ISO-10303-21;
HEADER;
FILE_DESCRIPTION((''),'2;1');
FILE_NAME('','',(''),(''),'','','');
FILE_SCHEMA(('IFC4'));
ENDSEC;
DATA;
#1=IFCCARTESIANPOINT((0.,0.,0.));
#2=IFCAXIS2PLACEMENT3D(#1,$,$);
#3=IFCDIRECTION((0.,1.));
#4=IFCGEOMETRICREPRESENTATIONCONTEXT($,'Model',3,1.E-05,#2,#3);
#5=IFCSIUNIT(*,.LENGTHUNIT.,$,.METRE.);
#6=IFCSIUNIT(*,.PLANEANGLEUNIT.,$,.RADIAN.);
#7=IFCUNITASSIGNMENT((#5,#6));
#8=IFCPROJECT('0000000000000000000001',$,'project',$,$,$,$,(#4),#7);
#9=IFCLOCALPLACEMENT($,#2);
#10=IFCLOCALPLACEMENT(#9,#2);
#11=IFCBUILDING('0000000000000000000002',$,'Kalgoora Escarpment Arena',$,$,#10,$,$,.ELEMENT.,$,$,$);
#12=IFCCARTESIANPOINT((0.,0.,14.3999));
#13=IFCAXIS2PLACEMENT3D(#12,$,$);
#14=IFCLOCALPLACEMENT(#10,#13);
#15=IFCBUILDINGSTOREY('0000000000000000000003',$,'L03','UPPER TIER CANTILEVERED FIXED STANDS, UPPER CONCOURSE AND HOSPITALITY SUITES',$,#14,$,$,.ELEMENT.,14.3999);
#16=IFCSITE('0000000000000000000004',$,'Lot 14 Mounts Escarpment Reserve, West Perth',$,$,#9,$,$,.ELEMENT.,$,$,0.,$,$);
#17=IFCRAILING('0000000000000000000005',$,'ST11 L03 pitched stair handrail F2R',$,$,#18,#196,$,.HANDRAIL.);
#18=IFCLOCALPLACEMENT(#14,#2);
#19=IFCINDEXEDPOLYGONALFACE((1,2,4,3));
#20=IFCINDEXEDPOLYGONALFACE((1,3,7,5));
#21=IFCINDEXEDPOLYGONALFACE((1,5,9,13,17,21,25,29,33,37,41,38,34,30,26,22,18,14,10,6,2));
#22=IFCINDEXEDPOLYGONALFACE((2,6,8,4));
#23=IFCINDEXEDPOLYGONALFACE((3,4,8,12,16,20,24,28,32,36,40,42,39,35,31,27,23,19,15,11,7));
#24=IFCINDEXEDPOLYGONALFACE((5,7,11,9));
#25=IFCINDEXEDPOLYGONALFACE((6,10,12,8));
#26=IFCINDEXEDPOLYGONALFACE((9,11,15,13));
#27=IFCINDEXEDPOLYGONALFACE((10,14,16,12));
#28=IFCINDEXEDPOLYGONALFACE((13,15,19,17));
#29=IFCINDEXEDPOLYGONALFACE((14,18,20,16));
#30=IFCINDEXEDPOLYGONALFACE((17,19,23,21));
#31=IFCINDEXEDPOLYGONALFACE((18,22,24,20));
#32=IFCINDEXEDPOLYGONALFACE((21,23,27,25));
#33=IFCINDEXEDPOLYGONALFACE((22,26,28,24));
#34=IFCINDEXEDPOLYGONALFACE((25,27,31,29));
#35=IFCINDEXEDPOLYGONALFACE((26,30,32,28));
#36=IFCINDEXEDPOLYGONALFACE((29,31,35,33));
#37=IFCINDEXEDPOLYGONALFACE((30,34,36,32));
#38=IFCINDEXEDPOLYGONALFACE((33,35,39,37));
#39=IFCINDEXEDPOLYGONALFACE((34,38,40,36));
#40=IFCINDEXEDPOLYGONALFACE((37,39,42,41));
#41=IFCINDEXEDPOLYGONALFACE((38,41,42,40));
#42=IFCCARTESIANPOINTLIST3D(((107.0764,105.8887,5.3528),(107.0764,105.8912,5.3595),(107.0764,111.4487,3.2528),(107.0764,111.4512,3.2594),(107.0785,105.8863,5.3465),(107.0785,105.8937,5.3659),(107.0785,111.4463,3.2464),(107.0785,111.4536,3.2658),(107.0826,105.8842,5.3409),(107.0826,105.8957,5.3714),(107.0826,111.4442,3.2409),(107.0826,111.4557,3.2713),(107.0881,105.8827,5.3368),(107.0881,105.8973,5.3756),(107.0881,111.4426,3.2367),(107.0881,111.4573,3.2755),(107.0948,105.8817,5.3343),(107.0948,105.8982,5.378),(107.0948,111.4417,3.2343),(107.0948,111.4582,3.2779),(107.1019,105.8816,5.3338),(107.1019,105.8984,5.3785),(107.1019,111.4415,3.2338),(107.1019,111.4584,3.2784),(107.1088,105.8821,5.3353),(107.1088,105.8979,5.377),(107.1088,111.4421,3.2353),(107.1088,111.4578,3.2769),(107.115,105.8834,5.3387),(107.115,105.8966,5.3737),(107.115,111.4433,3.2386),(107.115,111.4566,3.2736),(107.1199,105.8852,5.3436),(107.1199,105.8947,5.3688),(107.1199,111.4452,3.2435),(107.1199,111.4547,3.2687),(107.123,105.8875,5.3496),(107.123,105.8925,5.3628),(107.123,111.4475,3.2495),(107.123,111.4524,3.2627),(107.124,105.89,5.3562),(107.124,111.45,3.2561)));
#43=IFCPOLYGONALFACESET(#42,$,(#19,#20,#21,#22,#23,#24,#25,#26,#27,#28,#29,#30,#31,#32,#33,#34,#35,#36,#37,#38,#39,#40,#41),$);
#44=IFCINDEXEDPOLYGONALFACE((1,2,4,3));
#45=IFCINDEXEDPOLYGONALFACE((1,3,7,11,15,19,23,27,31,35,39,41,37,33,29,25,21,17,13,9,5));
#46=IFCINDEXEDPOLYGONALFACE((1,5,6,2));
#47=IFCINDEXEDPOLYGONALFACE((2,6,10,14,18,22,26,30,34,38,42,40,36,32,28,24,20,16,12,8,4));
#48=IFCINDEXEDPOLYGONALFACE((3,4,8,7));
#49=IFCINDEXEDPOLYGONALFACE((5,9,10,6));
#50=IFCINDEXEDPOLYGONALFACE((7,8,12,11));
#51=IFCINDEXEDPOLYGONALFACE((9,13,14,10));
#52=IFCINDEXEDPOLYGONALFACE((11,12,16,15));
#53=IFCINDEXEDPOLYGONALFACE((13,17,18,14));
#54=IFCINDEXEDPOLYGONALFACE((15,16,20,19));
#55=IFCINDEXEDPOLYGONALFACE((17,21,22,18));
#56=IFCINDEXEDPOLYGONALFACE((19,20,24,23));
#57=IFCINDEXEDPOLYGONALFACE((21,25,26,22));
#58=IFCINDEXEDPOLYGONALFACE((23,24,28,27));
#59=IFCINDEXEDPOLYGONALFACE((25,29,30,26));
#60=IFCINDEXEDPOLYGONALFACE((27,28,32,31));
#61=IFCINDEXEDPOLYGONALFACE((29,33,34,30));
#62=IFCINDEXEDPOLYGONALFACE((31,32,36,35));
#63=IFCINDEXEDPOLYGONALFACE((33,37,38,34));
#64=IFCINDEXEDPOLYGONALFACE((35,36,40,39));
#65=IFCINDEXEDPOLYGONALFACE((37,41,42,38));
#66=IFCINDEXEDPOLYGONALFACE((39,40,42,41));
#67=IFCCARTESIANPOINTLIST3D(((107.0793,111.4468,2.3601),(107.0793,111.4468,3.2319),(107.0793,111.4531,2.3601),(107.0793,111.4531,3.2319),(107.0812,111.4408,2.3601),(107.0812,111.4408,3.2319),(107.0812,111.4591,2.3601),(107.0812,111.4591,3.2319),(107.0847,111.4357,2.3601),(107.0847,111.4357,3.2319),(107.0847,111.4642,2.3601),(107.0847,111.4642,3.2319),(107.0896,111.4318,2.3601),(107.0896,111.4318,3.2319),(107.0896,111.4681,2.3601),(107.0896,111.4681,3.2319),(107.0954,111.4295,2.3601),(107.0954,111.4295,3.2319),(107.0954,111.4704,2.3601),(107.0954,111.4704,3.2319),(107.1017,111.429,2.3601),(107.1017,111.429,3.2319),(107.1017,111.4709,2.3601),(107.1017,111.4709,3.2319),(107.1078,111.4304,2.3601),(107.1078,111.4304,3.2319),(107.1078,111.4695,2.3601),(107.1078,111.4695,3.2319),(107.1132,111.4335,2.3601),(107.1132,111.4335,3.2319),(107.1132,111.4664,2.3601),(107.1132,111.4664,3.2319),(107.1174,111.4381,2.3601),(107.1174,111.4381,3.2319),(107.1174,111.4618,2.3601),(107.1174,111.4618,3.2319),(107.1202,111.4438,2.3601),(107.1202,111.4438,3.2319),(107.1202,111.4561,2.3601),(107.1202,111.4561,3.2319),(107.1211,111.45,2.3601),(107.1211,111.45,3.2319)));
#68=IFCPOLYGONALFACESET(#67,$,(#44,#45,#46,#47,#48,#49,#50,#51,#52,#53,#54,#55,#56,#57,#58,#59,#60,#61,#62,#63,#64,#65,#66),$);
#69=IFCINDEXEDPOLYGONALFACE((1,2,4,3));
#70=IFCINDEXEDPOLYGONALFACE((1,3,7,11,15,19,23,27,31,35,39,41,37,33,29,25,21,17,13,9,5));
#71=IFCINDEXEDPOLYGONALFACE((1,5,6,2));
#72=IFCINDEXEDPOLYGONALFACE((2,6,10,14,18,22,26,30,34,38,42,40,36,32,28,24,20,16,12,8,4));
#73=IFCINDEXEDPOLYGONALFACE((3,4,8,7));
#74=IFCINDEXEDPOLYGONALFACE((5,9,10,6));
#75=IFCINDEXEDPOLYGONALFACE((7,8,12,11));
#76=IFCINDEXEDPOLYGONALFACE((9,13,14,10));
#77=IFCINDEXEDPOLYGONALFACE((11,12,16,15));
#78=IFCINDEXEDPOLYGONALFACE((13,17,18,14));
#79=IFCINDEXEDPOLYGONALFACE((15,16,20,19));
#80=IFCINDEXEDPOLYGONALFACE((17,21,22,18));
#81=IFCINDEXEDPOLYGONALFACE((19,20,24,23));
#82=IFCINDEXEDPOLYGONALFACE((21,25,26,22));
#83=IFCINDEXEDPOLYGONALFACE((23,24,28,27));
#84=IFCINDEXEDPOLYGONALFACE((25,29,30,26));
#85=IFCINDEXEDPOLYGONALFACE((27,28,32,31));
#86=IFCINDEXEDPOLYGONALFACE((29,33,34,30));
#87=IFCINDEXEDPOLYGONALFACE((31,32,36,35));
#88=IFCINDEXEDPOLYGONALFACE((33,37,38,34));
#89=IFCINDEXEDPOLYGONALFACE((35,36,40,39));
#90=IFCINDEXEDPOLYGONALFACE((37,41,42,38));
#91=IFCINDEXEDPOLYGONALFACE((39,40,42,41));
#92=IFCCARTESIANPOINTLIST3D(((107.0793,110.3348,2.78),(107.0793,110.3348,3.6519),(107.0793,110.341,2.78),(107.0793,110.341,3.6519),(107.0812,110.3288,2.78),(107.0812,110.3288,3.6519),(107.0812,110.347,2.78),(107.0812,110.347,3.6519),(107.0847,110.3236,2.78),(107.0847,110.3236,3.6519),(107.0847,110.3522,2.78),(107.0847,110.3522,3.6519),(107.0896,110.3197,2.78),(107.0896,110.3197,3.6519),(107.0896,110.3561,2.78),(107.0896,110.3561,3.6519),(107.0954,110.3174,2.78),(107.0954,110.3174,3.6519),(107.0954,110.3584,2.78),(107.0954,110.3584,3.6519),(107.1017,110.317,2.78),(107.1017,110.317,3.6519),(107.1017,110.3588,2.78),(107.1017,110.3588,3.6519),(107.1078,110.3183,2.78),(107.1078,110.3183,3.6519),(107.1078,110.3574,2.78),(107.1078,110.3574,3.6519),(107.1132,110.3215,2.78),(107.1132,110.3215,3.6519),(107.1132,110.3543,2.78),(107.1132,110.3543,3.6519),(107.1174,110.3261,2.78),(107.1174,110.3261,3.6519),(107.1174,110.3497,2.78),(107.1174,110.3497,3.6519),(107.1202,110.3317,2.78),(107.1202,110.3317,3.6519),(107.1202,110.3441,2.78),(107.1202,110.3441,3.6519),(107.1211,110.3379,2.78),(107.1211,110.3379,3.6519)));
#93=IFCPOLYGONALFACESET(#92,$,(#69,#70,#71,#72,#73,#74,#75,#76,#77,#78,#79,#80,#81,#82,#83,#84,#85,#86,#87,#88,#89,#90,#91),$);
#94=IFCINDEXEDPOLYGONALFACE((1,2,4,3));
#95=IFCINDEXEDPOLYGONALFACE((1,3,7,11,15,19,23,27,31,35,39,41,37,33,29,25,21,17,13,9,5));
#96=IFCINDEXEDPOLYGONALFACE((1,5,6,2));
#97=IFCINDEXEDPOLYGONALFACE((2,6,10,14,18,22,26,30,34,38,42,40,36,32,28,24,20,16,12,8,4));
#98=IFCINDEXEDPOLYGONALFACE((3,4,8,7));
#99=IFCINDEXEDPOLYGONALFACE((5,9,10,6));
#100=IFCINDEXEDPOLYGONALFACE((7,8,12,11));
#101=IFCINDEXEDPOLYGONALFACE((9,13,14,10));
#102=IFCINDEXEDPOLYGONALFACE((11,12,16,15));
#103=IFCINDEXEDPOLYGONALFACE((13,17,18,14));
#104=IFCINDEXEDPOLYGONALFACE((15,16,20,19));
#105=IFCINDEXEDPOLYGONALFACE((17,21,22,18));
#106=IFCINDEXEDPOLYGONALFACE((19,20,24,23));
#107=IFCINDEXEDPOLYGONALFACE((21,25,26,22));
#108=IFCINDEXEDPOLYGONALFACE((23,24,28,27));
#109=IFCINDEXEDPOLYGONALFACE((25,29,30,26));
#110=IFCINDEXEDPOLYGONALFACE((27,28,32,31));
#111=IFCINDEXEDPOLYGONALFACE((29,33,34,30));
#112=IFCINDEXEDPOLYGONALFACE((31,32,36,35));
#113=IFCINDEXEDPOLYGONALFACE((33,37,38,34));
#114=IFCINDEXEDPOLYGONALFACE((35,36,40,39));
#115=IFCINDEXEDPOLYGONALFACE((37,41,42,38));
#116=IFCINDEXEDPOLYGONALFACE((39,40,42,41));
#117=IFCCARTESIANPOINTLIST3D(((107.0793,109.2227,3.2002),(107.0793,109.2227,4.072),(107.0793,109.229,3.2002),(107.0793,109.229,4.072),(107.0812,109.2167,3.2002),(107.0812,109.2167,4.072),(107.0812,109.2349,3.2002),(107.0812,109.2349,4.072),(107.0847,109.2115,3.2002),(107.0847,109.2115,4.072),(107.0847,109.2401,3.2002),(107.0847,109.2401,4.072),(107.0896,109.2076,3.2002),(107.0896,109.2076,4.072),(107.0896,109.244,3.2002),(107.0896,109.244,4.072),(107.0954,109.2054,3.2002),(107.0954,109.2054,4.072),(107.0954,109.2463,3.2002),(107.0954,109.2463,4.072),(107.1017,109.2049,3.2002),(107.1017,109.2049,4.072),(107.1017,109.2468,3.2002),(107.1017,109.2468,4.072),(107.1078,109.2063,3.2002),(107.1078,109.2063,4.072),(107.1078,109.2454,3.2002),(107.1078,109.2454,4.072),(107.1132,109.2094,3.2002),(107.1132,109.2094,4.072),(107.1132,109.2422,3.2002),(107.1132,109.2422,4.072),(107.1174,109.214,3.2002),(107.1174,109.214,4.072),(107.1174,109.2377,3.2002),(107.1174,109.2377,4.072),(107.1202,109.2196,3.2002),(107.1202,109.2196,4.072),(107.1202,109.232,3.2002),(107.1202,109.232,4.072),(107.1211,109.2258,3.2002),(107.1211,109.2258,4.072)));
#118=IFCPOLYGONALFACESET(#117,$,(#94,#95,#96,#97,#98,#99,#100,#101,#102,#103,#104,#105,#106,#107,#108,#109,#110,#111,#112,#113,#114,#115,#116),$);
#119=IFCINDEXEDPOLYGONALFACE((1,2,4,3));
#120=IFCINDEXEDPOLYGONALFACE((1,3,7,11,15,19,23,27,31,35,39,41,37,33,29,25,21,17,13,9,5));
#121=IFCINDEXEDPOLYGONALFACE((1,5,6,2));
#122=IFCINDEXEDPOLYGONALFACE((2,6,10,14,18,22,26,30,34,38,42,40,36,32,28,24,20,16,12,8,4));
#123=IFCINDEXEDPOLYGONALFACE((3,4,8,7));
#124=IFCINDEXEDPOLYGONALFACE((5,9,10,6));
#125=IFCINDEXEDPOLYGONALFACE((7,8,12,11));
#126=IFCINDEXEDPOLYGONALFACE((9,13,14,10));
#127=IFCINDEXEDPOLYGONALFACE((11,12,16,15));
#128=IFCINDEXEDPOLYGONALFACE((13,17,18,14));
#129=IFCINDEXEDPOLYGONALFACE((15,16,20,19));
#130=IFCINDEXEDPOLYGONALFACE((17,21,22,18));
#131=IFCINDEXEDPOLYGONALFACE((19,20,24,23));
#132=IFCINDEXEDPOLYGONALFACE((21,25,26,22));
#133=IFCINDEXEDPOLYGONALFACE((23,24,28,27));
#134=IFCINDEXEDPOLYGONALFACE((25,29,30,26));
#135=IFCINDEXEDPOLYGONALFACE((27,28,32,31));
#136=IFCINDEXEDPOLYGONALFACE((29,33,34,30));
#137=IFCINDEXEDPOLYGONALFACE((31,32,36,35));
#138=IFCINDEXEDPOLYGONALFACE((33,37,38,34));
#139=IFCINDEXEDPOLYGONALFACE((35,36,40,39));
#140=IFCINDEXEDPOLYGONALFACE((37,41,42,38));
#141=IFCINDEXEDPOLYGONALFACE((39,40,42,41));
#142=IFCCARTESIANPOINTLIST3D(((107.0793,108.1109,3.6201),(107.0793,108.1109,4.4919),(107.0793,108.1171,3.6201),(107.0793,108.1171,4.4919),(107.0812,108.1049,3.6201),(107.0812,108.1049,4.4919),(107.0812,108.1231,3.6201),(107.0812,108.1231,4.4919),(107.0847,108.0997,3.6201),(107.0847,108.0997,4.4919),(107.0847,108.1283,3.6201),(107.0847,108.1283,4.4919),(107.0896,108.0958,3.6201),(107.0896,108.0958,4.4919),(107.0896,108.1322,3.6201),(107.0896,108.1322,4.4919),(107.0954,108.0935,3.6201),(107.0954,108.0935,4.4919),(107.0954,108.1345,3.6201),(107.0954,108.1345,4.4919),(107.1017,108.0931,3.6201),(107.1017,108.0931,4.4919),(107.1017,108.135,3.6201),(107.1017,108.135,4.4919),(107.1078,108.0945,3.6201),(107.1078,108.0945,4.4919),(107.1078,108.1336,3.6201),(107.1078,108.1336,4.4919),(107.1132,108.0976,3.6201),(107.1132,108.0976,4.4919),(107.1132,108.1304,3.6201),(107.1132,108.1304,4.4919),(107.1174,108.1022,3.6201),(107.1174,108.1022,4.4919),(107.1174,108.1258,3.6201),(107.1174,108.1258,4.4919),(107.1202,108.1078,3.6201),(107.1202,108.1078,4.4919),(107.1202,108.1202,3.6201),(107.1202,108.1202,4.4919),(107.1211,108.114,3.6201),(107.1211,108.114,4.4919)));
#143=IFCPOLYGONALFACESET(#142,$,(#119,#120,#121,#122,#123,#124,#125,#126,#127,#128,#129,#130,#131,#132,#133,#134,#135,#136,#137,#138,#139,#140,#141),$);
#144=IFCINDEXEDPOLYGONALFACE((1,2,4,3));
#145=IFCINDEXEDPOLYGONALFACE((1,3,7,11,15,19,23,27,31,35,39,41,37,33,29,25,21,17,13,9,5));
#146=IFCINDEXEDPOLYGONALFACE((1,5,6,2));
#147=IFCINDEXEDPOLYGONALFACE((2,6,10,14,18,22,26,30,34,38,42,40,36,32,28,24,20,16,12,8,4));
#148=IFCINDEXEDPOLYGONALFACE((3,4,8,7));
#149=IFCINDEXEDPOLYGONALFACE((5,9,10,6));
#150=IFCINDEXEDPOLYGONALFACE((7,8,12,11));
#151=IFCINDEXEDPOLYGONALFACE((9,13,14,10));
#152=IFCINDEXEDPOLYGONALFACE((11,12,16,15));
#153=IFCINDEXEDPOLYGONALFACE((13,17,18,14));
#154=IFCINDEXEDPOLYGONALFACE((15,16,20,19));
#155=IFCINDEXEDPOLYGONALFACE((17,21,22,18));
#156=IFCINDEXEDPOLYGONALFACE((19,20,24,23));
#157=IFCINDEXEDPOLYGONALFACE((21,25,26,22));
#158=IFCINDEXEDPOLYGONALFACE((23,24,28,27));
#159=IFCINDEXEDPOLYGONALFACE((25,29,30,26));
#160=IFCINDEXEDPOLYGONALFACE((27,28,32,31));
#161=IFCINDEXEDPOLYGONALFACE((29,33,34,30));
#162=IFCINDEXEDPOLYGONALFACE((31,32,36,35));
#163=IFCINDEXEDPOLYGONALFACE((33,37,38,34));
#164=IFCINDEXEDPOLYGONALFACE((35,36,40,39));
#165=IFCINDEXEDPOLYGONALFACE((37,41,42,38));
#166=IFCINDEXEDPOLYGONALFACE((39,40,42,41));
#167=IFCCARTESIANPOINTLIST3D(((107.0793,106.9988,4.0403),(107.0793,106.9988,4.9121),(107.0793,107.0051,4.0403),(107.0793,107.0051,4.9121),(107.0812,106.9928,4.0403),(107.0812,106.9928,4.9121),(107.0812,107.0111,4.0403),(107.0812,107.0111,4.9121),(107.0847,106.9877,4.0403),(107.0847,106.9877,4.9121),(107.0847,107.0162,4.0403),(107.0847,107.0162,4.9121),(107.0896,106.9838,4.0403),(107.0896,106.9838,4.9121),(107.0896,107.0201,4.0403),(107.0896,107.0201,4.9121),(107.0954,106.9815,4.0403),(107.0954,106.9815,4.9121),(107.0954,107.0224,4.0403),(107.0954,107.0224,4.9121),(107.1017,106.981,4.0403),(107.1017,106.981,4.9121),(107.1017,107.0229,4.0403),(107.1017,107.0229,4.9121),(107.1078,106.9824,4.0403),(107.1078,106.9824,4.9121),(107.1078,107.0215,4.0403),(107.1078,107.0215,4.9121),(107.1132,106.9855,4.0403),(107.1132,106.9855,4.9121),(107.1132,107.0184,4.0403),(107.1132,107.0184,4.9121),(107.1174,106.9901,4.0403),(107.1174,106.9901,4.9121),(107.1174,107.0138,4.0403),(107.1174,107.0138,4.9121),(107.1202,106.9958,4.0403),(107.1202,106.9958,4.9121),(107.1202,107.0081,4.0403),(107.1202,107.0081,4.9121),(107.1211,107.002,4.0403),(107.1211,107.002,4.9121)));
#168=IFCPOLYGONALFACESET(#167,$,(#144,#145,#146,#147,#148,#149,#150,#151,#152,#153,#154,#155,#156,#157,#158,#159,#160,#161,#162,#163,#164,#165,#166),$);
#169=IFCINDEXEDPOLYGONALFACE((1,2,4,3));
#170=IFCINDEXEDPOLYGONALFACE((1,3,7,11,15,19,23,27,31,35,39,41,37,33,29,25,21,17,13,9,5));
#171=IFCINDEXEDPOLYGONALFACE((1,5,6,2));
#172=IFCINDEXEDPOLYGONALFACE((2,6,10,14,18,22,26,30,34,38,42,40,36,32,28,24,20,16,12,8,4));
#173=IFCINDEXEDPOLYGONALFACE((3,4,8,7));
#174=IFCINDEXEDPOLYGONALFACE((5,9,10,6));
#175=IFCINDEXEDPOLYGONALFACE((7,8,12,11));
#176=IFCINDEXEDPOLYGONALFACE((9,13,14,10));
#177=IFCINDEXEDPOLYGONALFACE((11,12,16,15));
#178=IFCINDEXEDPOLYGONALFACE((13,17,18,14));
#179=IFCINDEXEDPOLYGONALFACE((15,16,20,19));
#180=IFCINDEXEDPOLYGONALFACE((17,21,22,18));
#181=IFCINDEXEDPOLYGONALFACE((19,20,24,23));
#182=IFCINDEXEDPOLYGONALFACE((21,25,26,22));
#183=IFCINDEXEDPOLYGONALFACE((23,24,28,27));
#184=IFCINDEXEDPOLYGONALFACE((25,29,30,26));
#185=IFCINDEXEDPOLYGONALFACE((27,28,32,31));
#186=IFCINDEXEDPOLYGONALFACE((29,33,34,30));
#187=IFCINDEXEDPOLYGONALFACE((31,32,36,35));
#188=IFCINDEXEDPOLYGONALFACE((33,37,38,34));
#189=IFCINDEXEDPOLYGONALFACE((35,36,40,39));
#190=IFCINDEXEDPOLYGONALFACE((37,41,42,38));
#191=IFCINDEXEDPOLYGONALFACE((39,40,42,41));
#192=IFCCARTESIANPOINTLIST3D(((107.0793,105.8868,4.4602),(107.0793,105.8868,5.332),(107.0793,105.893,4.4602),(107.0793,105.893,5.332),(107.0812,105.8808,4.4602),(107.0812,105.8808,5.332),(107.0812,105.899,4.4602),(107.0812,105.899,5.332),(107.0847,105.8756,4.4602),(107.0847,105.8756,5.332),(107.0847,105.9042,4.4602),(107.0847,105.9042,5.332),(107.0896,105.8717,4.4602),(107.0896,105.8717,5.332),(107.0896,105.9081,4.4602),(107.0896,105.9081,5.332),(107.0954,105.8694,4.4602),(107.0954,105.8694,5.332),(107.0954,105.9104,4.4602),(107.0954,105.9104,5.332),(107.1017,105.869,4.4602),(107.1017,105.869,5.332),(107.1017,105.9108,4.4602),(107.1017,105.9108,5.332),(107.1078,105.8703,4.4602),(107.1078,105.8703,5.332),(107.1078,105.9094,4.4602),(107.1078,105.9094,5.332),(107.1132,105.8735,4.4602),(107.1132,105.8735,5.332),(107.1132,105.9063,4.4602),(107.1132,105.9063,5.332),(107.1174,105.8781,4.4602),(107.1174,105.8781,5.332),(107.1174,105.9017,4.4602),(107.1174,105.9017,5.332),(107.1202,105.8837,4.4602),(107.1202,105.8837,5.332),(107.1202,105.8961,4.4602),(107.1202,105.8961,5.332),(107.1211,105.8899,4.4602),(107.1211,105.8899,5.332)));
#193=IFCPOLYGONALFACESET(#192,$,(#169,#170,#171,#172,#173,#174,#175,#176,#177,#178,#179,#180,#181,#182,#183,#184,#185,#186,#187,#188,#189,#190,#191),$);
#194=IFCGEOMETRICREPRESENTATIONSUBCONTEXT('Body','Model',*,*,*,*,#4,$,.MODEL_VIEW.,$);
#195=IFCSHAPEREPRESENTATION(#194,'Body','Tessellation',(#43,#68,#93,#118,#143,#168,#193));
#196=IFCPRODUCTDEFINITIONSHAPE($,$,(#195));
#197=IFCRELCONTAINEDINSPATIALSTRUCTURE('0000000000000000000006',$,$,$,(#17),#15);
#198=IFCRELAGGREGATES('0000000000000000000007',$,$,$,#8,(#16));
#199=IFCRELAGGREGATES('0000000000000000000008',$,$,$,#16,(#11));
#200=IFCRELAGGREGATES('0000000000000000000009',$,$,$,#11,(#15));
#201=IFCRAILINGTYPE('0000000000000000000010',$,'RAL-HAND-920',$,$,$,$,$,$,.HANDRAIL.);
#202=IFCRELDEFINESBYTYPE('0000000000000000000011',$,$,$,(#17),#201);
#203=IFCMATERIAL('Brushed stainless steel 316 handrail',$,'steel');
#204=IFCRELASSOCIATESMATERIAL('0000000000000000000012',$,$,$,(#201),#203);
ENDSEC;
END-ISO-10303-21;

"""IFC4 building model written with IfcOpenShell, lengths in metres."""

from ifc_helpers import new_model, si_unit, direction, frame, origin, origin_2d, place, context, subcontext, project, spatial, circle, extrude, material, type_object, element, save


model = new_model("IFC4")

# Units and contexts
model_context = context("Model", 3, precision=1e-05, world=origin(), true_north=direction((0.0, 1.0)))
body_context = subcontext(model_context, "Body", "Model", "MODEL_VIEW")
ifc_project = project(units=[si_unit("LENGTHUNIT", "METRE"), si_unit("PLANEANGLEUNIT", "RADIAN")], contexts=[model_context])

# Site, building, storey
site_placement = place(None, origin())
site = spatial("IfcSite", under=ifc_project, at=site_placement, Name="Lot 14 Mounts Escarpment Reserve, West Perth", CompositionType="ELEMENT", RefElevation=0.0)
building_placement = place(site_placement, origin())
building = spatial("IfcBuilding", under=site, at=building_placement, Name="Kalgoora Escarpment Arena", CompositionType="ELEMENT")
storey_placement = place(building_placement, frame((0.0, 0.0, 14.3999)))
storey = spatial("IfcBuildingStorey", under=building, at=storey_placement, Name="L03", Description="UPPER TIER CANTILEVERED FIXED STANDS, UPPER CONCOURSE AND HOSPITALITY SUITES", CompositionType="ELEMENT", Elevation=14.3999)

# Railing
ifc_material_1 = material(Name="Brushed stainless steel 316 handrail", Category="steel")
railing_type_1 = type_object("IfcRailingType", Name="RAL-HAND-920", PredefinedType="HANDRAIL", material=ifc_material_1)
railing_1_placement = place(storey_placement, frame((107.1001, 111.45, 2.3601)))
element("IfcRailing", 1, at=railing_1_placement, inside=storey, type_object=railing_type_1, Name="ST11 L03 pitched stair handrail F2R", PredefinedType="HANDRAIL", context=body_context, shape_type="SweptSolid", body=[
    extrude(circle(Radius=0.0239, at=origin_2d()), frame((0.0, 0.0, 0.896), z_axis=(0.0, -0.935493, 0.353346), x_axis=(1.0, 0.0, 0.0)), (0.0, 0.0, 1.0), 5.9434),
    extrude(circle(Radius=0.021, at=origin_2d()), origin(), (0.0, 0.0, 1.0), 0.8718),
    extrude(circle(Radius=0.021, at=origin_2d()), frame((0.0, -1.1121, 0.4199)), (0.0, 0.0, 1.0), 0.8718),
    extrude(circle(Radius=0.021, at=origin_2d()), frame((0.0, -2.2241, 0.8401)), (0.0, 0.0, 1.0), 0.8718),
    extrude(circle(Radius=0.021, at=origin_2d()), frame((0.0, -3.3359, 1.26)), (0.0, 0.0, 1.0), 0.8718),
    extrude(circle(Radius=0.021, at=origin_2d()), frame((0.0, -4.448, 1.6802)), (0.0, 0.0, 1.0), 0.8718),
    extrude(circle(Radius=0.021, at=origin_2d()), frame((0.0, -5.5601, 2.1001)), (0.0, 0.0, 1.0), 0.8718),
])

save(model, "model.ifc")
